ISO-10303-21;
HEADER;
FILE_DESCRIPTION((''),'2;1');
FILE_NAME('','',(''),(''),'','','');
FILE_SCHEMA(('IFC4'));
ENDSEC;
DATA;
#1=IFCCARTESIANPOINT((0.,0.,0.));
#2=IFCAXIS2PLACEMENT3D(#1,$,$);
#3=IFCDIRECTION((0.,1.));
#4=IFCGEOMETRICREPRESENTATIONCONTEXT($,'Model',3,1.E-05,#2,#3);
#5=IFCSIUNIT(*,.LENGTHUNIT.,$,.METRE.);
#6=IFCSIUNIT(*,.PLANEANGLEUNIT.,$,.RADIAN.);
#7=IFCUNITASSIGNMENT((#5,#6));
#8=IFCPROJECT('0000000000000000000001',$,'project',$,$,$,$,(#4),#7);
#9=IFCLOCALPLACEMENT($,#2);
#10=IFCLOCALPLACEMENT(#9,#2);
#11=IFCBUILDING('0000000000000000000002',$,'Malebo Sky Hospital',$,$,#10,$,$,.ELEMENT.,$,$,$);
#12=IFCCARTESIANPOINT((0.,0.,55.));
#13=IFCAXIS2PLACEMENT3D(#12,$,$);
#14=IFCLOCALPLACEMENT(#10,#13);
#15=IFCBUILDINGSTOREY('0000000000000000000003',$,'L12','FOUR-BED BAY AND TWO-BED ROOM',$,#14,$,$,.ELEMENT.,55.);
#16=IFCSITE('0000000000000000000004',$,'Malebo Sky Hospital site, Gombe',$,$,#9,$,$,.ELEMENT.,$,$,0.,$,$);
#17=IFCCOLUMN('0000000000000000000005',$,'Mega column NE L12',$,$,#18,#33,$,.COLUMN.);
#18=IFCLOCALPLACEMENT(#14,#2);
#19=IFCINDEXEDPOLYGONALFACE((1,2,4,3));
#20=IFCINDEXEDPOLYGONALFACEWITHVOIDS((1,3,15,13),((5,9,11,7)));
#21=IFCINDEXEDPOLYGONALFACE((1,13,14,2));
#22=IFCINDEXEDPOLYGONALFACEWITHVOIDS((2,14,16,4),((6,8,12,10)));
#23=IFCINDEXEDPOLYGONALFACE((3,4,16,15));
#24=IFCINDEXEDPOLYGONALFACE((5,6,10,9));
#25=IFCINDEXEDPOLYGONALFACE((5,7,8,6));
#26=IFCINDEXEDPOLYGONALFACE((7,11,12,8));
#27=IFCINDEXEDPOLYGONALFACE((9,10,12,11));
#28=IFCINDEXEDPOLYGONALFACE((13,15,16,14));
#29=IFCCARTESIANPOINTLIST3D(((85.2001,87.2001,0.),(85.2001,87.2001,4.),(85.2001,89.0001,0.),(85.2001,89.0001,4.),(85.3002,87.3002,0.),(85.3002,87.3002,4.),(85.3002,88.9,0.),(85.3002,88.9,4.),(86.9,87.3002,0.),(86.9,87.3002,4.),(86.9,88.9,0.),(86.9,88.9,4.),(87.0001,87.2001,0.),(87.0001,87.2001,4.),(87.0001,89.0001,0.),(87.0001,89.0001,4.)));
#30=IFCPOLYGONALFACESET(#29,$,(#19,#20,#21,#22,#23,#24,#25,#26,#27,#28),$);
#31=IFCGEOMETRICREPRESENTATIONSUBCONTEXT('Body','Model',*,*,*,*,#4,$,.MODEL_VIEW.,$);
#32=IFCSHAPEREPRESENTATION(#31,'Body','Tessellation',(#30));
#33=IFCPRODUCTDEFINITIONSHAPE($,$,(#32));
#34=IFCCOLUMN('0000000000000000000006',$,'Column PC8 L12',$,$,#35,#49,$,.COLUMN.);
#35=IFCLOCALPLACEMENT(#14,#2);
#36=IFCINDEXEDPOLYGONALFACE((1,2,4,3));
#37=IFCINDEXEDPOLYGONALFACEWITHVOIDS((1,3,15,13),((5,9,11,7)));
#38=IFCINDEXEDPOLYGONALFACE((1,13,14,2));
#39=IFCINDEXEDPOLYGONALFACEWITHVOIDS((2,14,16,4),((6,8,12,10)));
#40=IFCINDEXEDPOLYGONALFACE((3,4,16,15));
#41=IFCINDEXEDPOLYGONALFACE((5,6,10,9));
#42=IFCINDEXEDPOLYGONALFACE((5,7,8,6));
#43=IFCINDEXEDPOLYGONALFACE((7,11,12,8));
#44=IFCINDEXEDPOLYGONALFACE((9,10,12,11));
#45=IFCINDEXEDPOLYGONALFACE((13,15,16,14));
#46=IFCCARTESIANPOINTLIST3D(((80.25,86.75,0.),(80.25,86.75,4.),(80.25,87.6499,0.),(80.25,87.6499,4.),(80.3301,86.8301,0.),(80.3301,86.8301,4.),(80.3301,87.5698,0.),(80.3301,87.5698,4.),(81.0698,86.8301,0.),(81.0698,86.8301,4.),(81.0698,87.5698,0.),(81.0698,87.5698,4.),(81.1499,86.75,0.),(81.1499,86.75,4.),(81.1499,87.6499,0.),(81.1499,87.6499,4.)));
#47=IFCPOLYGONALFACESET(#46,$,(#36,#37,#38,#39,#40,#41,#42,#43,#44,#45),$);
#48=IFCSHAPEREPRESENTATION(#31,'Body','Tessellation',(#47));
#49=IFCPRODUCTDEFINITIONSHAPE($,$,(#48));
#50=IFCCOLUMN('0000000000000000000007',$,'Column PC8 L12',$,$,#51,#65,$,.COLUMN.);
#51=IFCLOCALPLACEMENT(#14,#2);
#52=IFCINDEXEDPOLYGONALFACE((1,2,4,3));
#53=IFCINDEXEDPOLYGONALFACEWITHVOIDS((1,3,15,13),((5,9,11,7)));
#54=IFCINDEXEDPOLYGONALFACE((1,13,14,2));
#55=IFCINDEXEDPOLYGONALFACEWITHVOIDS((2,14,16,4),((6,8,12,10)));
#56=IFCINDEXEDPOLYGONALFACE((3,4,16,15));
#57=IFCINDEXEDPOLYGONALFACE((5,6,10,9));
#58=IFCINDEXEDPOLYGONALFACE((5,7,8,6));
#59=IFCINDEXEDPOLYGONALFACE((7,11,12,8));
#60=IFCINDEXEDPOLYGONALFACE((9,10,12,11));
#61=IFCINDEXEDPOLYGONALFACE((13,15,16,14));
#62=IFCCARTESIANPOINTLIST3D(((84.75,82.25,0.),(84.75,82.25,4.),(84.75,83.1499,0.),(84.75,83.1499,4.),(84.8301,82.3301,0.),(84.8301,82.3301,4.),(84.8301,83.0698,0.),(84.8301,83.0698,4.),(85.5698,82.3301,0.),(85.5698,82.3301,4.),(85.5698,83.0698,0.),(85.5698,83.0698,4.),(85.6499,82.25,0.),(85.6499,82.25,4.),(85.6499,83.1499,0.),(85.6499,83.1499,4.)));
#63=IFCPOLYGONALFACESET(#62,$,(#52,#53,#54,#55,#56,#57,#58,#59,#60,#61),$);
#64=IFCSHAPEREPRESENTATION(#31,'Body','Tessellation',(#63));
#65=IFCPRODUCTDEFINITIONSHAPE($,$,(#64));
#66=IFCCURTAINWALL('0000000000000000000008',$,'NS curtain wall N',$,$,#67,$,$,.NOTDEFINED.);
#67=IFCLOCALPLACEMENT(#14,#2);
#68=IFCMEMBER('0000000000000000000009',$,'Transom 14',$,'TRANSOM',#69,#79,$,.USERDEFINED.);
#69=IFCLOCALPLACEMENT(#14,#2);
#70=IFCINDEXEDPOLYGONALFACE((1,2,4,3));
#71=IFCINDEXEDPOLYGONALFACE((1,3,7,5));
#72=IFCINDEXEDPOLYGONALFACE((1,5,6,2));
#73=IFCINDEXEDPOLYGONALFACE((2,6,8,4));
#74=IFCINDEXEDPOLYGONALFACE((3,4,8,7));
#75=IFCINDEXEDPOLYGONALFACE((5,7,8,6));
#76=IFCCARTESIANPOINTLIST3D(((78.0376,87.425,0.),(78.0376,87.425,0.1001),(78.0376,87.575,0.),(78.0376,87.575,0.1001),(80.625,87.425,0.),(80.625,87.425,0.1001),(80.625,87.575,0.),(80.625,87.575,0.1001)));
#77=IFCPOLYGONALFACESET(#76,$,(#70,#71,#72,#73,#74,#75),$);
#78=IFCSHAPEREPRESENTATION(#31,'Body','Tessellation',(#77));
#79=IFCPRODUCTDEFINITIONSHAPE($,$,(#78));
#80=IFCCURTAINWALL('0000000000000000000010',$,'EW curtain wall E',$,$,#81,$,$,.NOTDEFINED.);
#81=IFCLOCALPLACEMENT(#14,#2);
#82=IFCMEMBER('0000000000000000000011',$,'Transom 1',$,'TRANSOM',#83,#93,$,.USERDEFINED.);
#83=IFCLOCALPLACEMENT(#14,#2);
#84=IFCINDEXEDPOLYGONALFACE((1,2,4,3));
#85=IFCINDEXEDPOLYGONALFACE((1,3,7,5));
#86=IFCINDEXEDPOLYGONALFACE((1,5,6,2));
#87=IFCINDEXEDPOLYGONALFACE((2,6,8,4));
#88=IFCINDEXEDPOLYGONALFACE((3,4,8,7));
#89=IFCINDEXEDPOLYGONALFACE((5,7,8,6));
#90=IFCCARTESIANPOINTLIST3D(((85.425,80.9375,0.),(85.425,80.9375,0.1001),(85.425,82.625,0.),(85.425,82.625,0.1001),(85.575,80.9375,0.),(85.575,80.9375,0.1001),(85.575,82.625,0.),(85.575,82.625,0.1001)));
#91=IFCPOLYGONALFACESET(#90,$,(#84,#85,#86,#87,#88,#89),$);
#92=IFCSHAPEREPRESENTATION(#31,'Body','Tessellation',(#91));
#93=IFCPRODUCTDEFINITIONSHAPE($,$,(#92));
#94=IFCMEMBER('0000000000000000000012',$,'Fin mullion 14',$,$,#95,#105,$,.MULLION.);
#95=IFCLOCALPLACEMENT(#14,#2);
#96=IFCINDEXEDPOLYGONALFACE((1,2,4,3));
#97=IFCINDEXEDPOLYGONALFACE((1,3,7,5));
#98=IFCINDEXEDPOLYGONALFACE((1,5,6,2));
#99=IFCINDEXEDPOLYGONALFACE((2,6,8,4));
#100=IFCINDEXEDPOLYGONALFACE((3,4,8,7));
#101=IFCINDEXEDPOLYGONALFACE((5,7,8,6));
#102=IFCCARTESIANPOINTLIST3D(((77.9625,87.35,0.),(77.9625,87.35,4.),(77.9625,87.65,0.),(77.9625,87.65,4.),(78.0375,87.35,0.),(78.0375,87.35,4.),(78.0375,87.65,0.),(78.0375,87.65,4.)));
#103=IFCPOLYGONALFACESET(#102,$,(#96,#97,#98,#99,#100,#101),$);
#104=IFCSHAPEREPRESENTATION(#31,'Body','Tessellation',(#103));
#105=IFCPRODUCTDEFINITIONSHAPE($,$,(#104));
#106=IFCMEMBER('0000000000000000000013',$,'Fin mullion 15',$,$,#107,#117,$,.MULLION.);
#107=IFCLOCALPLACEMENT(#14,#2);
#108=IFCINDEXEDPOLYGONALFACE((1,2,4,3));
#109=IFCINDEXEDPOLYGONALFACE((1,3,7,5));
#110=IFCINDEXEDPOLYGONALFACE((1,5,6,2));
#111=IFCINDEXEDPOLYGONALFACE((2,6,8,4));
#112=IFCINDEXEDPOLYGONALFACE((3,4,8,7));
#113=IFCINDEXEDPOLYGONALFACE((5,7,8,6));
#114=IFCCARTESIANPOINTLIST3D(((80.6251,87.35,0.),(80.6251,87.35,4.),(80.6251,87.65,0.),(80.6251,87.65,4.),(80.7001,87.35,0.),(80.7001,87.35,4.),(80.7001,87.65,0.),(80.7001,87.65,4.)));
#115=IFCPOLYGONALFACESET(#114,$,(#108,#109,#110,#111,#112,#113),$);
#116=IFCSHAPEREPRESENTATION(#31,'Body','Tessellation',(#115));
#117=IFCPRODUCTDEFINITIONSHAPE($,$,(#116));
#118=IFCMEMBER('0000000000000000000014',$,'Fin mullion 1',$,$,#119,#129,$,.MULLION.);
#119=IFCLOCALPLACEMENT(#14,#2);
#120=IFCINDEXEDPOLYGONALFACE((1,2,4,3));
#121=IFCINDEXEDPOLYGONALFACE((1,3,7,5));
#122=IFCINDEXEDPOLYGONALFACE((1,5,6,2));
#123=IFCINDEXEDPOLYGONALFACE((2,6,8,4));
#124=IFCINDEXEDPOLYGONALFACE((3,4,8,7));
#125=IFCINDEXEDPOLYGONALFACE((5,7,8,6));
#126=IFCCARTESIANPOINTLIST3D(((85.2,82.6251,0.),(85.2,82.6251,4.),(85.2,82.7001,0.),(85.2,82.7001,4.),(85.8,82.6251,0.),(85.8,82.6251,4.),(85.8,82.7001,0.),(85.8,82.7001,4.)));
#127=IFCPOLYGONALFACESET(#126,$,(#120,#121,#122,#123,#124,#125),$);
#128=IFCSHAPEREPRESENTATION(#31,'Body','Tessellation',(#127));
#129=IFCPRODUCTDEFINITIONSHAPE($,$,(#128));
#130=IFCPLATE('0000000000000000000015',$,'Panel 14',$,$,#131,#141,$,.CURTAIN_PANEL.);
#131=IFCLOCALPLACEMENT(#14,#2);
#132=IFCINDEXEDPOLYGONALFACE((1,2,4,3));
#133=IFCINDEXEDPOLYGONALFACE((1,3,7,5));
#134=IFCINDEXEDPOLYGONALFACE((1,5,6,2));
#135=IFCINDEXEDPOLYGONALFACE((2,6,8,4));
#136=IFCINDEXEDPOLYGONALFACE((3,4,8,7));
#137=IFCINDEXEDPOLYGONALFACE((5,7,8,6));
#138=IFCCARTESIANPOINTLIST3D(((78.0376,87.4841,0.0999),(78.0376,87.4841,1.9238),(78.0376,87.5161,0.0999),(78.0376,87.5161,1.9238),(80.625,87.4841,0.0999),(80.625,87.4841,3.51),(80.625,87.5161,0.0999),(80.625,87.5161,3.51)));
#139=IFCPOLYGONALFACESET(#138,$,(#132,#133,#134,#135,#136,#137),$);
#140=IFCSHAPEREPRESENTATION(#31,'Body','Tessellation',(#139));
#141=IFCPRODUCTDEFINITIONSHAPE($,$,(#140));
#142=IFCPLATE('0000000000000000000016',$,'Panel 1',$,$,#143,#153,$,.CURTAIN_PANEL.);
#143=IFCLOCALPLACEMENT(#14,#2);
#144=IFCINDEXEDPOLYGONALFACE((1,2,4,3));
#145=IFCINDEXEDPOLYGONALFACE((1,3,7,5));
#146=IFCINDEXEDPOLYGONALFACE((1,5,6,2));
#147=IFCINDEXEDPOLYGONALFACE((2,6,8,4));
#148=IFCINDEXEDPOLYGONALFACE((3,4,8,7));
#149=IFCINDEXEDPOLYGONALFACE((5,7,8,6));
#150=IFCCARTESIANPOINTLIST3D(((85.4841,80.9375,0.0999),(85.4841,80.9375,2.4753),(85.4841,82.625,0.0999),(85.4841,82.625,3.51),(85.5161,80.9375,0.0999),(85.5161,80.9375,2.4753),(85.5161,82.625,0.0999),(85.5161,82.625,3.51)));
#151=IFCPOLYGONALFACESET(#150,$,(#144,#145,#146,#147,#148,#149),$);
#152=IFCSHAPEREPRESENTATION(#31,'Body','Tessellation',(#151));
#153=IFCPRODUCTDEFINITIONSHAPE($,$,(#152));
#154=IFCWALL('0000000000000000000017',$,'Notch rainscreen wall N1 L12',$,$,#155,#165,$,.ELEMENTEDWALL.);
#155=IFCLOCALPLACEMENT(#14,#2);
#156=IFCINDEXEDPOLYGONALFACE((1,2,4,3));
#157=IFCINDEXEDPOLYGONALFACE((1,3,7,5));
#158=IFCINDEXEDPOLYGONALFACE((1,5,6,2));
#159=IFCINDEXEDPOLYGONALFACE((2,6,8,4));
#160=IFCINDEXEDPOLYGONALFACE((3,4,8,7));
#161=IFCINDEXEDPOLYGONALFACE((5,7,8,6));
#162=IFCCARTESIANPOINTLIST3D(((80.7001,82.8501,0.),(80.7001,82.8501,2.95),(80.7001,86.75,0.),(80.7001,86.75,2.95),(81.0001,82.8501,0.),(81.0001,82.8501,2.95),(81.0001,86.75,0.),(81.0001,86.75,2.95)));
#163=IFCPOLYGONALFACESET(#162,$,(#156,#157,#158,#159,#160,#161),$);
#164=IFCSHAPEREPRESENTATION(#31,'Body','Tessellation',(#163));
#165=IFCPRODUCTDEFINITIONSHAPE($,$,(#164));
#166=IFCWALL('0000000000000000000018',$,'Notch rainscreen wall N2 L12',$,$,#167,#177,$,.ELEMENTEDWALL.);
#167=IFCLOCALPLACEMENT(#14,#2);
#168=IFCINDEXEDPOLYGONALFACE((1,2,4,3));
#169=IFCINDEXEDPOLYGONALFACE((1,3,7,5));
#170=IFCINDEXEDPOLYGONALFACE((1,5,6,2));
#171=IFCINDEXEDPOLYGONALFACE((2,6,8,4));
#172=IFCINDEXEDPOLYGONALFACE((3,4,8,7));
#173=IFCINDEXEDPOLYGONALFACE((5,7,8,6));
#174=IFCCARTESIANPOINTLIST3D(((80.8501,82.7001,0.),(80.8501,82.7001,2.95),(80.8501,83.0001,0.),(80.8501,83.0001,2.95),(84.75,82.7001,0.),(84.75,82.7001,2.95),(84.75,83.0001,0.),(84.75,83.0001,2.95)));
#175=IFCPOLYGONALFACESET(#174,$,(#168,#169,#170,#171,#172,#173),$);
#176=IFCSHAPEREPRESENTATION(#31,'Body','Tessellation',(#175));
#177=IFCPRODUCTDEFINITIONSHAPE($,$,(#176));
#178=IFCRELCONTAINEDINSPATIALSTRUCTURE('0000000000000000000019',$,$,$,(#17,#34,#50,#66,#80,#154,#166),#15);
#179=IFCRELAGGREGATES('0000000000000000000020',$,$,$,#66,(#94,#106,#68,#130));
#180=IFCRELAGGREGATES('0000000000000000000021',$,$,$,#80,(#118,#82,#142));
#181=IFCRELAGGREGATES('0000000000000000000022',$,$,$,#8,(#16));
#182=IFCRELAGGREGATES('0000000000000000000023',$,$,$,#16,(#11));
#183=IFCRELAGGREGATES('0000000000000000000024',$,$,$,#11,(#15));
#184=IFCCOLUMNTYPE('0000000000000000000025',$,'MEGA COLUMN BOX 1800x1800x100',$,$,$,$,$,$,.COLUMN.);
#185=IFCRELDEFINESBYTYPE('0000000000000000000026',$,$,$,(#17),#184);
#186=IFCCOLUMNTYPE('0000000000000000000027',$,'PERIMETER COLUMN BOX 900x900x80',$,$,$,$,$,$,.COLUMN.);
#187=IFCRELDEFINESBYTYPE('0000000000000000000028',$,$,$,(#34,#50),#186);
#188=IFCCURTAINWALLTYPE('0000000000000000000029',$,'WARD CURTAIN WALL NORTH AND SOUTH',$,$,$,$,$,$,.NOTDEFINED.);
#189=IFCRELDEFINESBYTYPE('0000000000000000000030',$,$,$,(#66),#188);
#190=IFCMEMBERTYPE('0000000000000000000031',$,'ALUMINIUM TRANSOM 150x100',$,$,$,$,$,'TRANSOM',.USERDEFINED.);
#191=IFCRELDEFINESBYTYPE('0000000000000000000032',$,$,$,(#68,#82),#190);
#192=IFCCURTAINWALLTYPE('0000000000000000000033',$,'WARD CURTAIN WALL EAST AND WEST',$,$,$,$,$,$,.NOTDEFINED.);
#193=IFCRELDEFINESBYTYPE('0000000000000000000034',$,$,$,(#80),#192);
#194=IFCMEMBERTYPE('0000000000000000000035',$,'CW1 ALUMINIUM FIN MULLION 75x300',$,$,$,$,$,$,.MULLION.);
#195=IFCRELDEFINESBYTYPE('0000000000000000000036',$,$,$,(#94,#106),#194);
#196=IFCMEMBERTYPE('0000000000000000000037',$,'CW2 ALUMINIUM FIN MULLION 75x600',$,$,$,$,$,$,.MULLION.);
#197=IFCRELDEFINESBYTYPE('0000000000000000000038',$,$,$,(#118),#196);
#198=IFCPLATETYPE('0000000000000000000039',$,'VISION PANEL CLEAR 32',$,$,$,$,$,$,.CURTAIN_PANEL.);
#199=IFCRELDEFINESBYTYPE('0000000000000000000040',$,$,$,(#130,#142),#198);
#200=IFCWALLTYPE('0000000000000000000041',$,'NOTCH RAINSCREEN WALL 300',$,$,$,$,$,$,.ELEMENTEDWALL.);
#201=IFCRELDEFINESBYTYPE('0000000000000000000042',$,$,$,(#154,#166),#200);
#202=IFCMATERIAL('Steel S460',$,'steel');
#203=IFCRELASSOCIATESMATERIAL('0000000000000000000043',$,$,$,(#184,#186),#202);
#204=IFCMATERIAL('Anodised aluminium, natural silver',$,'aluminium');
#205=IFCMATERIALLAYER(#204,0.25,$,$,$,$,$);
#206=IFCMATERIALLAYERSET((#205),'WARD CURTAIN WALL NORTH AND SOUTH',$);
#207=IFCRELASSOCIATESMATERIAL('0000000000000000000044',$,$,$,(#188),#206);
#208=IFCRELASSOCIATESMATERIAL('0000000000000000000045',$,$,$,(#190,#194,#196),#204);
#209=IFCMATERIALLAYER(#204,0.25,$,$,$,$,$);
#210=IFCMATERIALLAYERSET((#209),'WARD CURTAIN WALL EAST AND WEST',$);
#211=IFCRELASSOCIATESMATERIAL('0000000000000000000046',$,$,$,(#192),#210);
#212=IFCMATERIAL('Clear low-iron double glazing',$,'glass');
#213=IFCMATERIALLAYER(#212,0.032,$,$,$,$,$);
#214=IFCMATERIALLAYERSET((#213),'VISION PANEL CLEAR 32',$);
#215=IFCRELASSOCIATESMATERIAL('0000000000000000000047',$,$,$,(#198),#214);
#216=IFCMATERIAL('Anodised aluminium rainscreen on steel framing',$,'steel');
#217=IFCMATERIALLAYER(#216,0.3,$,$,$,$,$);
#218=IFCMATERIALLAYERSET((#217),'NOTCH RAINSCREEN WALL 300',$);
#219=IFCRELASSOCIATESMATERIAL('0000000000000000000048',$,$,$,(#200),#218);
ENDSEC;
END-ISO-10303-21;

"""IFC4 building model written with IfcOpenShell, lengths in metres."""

from ifc_helpers import new_model, si_unit, direction, frame, frame_2d, origin, origin_2d, place, context, subcontext, project, spatial, polyline, rectangle, hollow_rectangle, outline, extrude, material, layer, layer_set, material_profile, profile_set, type_object, element, aggregate, save


model = new_model("IFC4")

# Units and contexts
model_context = context("Model", 3, precision=1e-05, world=origin(), true_north=direction((0.0, 1.0)))
body_context = subcontext(model_context, "Body", "Model", "MODEL_VIEW")
ifc_project = project(units=[si_unit("LENGTHUNIT", "METRE"), si_unit("PLANEANGLEUNIT", "RADIAN")], contexts=[model_context])

# Site, building, storey
site_placement = place(None, origin())
site = spatial("IfcSite", under=ifc_project, at=site_placement, Name="Malebo Sky Hospital site, Gombe", CompositionType="ELEMENT", RefElevation=0.0)
building_placement = place(site_placement, origin())
building = spatial("IfcBuilding", under=site, at=building_placement, Name="Malebo Sky Hospital", CompositionType="ELEMENT")
storey_placement = place(building_placement, frame((0.0, 0.0, 55.0)))
storey = spatial("IfcBuildingStorey", under=building, at=storey_placement, Name="L12", Description="FOUR-BED BAY AND TWO-BED ROOM", CompositionType="ELEMENT", Elevation=55.0)

# Columns
ifc_material_1 = material(Name="Steel S460", Category="steel")
ifc_material_profile_1 = material_profile(ifc_material_1, hollow_rectangle(XDim=1.8, YDim=1.8, WallThickness=0.1001, at=origin_2d()), Name="BOX 1800x1800x100")
ifc_profile_set_1 = profile_set([ifc_material_profile_1], Name="Steel S460")
column_type_1 = type_object("IfcColumnType", Name="MEGA COLUMN BOX 1800x1800x100", PredefinedType="COLUMN", material=ifc_profile_set_1)
column_placement = place(storey_placement, frame((86.1001, 88.1001, 0.0), z_axis=(0.0, 0.0, 1.0), x_axis=(1.0, 0.0, 0.0)))
element("IfcColumn", 1, at=column_placement, inside=storey, type_object=column_type_1, Name="Mega column NE L12", PredefinedType="COLUMN", context=body_context, shape_type="SweptSolid", body=[
    extrude(hollow_rectangle(XDim=1.8, YDim=1.8, WallThickness=0.1001, at=origin_2d()), origin(), (0.0, 0.0, 1.0), 4.0),
])
ifc_material_profile_2 = material_profile(ifc_material_1, hollow_rectangle(XDim=0.8999, YDim=0.8999, WallThickness=0.0801, at=origin_2d()), Name="BOX 900x900x80")
ifc_profile_set_2 = profile_set([ifc_material_profile_2], Name="Steel S460")
column_type_2 = type_object("IfcColumnType", Name="PERIMETER COLUMN BOX 900x900x80", PredefinedType="COLUMN", material=ifc_profile_set_2)
for number, where, z_axis, x_axis, name in (
    (2, (80.7, 87.2, 0.0), (0.0, 0.0, 1.0), (1.0, 0.0, 0.0), "Column PC8 L12"),
    (3, (85.2, 82.7, 0.0), (0.0, 0.0, 1.0), (1.0, 0.0, 0.0), "Column PC8 L12"),
):
    element("IfcColumn", number, at=place(storey_placement, frame(where, z_axis=z_axis, x_axis=x_axis)), inside=storey, type_object=column_type_2, Name=name, PredefinedType="COLUMN", context=body_context, shape_type="SweptSolid", body=[
        extrude(hollow_rectangle(XDim=0.8999, YDim=0.8999, WallThickness=0.0801, at=origin_2d()), origin(), (0.0, 0.0, 1.0), 4.0),
    ])

# Curtain walls, members
ifc_material_2 = material(Name="Anodised aluminium, natural silver", Category="aluminium")
ifc_layer_1 = layer(ifc_material_2, 0.25)
ifc_layer_set_1 = layer_set([ifc_layer_1], Name="WARD CURTAIN WALL NORTH AND SOUTH")
curtain_wall_type_1 = type_object("IfcCurtainWallType", Name="WARD CURTAIN WALL NORTH AND SOUTH", PredefinedType="NOTDEFINED", material=ifc_layer_set_1)
curtain_wall_1_placement = place(storey_placement, origin())
curtain_wall_1 = element("IfcCurtainWall", 4, at=curtain_wall_1_placement, inside=storey, type_object=curtain_wall_type_1, Name="NS curtain wall N", PredefinedType="NOTDEFINED")
ifc_material_profile_3 = material_profile(ifc_material_2, rectangle(XDim=0.1499, YDim=0.1001, at=origin_2d()), Name="ALUMINIUM TRANSOM 150x100")
ifc_profile_set_3 = profile_set([ifc_material_profile_3], Name="Anodised aluminium, natural silver")
member_type_1 = type_object("IfcMemberType", Name="ALUMINIUM TRANSOM 150x100", ElementType="TRANSOM", PredefinedType="USERDEFINED", material=ifc_profile_set_3)
member_1_placement = place(storey_placement, frame((78.0376, 87.5, 0.05), z_axis=(1.0, 0.0, 0.0), x_axis=(0.0, 1.0, 0.0)))
member_1 = element("IfcMember", 5, at=member_1_placement, type_object=member_type_1, Name="Transom 14", ObjectType="TRANSOM", PredefinedType="USERDEFINED", context=body_context, shape_type="SweptSolid", body=[
    extrude(rectangle(XDim=0.1499, YDim=0.1001, at=origin_2d()), origin(), (0.0, 0.0, 1.0), 2.5874),
])
ifc_layer_2 = layer(ifc_material_2, 0.25)
ifc_layer_set_2 = layer_set([ifc_layer_2], Name="WARD CURTAIN WALL EAST AND WEST")
curtain_wall_type_2 = type_object("IfcCurtainWallType", Name="WARD CURTAIN WALL EAST AND WEST", PredefinedType="NOTDEFINED", material=ifc_layer_set_2)
curtain_wall_2_placement = place(storey_placement, origin())
curtain_wall_2 = element("IfcCurtainWall", 6, at=curtain_wall_2_placement, inside=storey, type_object=curtain_wall_type_2, Name="EW curtain wall E", PredefinedType="NOTDEFINED")
member_2_placement = place(storey_placement, frame((85.5, 82.625, 0.05), z_axis=(0.0, -1.0, 0.0), x_axis=(1.0, 0.0, 0.0)))
member_2 = element("IfcMember", 7, at=member_2_placement, type_object=member_type_1, Name="Transom 1", ObjectType="TRANSOM", PredefinedType="USERDEFINED", context=body_context, shape_type="SweptSolid", body=[
    extrude(rectangle(XDim=0.1499, YDim=0.1001, at=origin_2d()), origin(), (0.0, 0.0, 1.0), 1.6875),
])

# Members
ifc_material_profile_4 = material_profile(ifc_material_2, rectangle(XDim=0.075, YDim=0.3, at=origin_2d()), Name="CW1 ALUMINIUM FIN MULLION 75x300")
ifc_profile_set_4 = profile_set([ifc_material_profile_4], Name="Anodised aluminium, natural silver")
member_type_2 = type_object("IfcMemberType", Name="CW1 ALUMINIUM FIN MULLION 75x300", PredefinedType="MULLION", material=ifc_profile_set_4)
member_3_placement = place(storey_placement, frame((78.0, 87.5, 0.0), z_axis=(0.0, 0.0, 1.0), x_axis=(1.0, 0.0, 0.0)))
member_3 = element("IfcMember", 8, at=member_3_placement, type_object=member_type_2, Name="Fin mullion 14", PredefinedType="MULLION", context=body_context, shape_type="SweptSolid", body=[
    extrude(rectangle(XDim=0.075, YDim=0.3, at=origin_2d()), origin(), (0.0, 0.0, 1.0), 4.0),
])
member_4_placement = place(storey_placement, frame((80.6626, 87.5, 0.0), z_axis=(0.0, 0.0, 1.0), x_axis=(1.0, 0.0, 0.0)))
member_4 = element("IfcMember", 9, at=member_4_placement, type_object=member_type_2, Name="Fin mullion 15", PredefinedType="MULLION", context=body_context, shape_type="SweptSolid", body=[
    extrude(rectangle(XDim=0.075, YDim=0.3, at=origin_2d()), origin(), (0.0, 0.0, 1.0), 4.0),
])
ifc_material_profile_5 = material_profile(ifc_material_2, rectangle(XDim=0.075, YDim=0.6001, at=origin_2d()), Name="CW2 ALUMINIUM FIN MULLION 75x600")
ifc_profile_set_5 = profile_set([ifc_material_profile_5], Name="Anodised aluminium, natural silver")
member_type_3 = type_object("IfcMemberType", Name="CW2 ALUMINIUM FIN MULLION 75x600", PredefinedType="MULLION", material=ifc_profile_set_5)
member_5_placement = place(storey_placement, frame((85.5, 82.6626, 0.0), z_axis=(0.0, 0.0, 1.0), x_axis=(0.0, -1.0, 0.0)))
member_5 = element("IfcMember", 10, at=member_5_placement, type_object=member_type_3, Name="Fin mullion 1", PredefinedType="MULLION", context=body_context, shape_type="SweptSolid", body=[
    extrude(rectangle(XDim=0.075, YDim=0.6001, at=origin_2d()), origin(), (0.0, 0.0, 1.0), 4.0),
])

# Plates
ifc_material_3 = material(Name="Clear low-iron double glazing", Category="glass")
ifc_layer_3 = layer(ifc_material_3, 0.032)
ifc_layer_set_3 = layer_set([ifc_layer_3], Name="VISION PANEL CLEAR 32")
plate_type = type_object("IfcPlateType", Name="VISION PANEL CLEAR 32", PredefinedType="CURTAIN_PANEL", material=ifc_layer_set_3)
plate_1_placement = place(storey_placement, frame((79.3313, 87.5, 0.0999), z_axis=(0.0, 0.0, 1.0), x_axis=(1.0, 0.0, 0.0)))
plate_1 = element("IfcPlate", 11, at=plate_1_placement, type_object=plate_type, Name="Panel 14", PredefinedType="CURTAIN_PANEL", context=body_context, shape_type="SweptSolid", body=[
    extrude(outline(polyline([(-1.2937, 0.0), (1.2937, 0.0), (1.2937, 3.4102), (-1.2937, 1.824), (-1.2937, 0.0)])), frame((0.0, 0.0161, 0.0), z_axis=(0.0, -1.0, 0.0), x_axis=(1.0, 0.0, 0.0)), (0.0, 0.0, 1.0), 0.032),
])
aggregate(curtain_wall_1, [member_3, member_4, member_1, plate_1])
plate_2_placement = place(storey_placement, frame((85.5, 81.7812, 0.0999), z_axis=(0.0, 0.0, 1.0), x_axis=(0.0, -1.0, 0.0)))
plate_2 = element("IfcPlate", 12, at=plate_2_placement, type_object=plate_type, Name="Panel 1", PredefinedType="CURTAIN_PANEL", context=body_context, shape_type="SweptSolid", body=[
    extrude(outline(polyline([(-0.8438, 0.0), (0.8438, 0.0), (0.8438, 2.3755), (-0.8438, 3.4102), (-0.8438, 0.0)])), frame((0.0, 0.0161, 0.0), z_axis=(0.0, -1.0, 0.0), x_axis=(1.0, 0.0, 0.0)), (0.0, 0.0, 1.0), 0.032),
])
aggregate(curtain_wall_2, [member_5, member_2, plate_2])

# Walls
ifc_material_4 = material(Name="Anodised aluminium rainscreen on steel framing", Category="steel")
ifc_layer_4 = layer(ifc_material_4, 0.3)
ifc_layer_set_4 = layer_set([ifc_layer_4], Name="NOTCH RAINSCREEN WALL 300")
wall_type = type_object("IfcWallType", Name="NOTCH RAINSCREEN WALL 300", PredefinedType="ELEMENTEDWALL", material=ifc_layer_set_4)
for number, where, z_axis, x_axis, name in (
    (13, (80.8501, 86.75, 0.0), (0.0, 0.0, 1.0), (0.0, -1.0, 0.0), "Notch rainscreen wall N1 L12"),
    (14, (80.8501, 82.8501, 0.0), (0.0, 0.0, 1.0), (1.0, 0.0, 0.0), "Notch rainscreen wall N2 L12"),
):
    element("IfcWall", number, at=place(storey_placement, frame(where, z_axis=z_axis, x_axis=x_axis)), inside=storey, type_object=wall_type, Name=name, PredefinedType="ELEMENTEDWALL", context=body_context, shape_type="SweptSolid", body=[
        extrude(rectangle(XDim=3.8999, YDim=0.3, at=frame_2d((1.95, 0.0))), origin(), (0.0, 0.0, 1.0), 2.95),
    ])

save(model, "model.ifc")
